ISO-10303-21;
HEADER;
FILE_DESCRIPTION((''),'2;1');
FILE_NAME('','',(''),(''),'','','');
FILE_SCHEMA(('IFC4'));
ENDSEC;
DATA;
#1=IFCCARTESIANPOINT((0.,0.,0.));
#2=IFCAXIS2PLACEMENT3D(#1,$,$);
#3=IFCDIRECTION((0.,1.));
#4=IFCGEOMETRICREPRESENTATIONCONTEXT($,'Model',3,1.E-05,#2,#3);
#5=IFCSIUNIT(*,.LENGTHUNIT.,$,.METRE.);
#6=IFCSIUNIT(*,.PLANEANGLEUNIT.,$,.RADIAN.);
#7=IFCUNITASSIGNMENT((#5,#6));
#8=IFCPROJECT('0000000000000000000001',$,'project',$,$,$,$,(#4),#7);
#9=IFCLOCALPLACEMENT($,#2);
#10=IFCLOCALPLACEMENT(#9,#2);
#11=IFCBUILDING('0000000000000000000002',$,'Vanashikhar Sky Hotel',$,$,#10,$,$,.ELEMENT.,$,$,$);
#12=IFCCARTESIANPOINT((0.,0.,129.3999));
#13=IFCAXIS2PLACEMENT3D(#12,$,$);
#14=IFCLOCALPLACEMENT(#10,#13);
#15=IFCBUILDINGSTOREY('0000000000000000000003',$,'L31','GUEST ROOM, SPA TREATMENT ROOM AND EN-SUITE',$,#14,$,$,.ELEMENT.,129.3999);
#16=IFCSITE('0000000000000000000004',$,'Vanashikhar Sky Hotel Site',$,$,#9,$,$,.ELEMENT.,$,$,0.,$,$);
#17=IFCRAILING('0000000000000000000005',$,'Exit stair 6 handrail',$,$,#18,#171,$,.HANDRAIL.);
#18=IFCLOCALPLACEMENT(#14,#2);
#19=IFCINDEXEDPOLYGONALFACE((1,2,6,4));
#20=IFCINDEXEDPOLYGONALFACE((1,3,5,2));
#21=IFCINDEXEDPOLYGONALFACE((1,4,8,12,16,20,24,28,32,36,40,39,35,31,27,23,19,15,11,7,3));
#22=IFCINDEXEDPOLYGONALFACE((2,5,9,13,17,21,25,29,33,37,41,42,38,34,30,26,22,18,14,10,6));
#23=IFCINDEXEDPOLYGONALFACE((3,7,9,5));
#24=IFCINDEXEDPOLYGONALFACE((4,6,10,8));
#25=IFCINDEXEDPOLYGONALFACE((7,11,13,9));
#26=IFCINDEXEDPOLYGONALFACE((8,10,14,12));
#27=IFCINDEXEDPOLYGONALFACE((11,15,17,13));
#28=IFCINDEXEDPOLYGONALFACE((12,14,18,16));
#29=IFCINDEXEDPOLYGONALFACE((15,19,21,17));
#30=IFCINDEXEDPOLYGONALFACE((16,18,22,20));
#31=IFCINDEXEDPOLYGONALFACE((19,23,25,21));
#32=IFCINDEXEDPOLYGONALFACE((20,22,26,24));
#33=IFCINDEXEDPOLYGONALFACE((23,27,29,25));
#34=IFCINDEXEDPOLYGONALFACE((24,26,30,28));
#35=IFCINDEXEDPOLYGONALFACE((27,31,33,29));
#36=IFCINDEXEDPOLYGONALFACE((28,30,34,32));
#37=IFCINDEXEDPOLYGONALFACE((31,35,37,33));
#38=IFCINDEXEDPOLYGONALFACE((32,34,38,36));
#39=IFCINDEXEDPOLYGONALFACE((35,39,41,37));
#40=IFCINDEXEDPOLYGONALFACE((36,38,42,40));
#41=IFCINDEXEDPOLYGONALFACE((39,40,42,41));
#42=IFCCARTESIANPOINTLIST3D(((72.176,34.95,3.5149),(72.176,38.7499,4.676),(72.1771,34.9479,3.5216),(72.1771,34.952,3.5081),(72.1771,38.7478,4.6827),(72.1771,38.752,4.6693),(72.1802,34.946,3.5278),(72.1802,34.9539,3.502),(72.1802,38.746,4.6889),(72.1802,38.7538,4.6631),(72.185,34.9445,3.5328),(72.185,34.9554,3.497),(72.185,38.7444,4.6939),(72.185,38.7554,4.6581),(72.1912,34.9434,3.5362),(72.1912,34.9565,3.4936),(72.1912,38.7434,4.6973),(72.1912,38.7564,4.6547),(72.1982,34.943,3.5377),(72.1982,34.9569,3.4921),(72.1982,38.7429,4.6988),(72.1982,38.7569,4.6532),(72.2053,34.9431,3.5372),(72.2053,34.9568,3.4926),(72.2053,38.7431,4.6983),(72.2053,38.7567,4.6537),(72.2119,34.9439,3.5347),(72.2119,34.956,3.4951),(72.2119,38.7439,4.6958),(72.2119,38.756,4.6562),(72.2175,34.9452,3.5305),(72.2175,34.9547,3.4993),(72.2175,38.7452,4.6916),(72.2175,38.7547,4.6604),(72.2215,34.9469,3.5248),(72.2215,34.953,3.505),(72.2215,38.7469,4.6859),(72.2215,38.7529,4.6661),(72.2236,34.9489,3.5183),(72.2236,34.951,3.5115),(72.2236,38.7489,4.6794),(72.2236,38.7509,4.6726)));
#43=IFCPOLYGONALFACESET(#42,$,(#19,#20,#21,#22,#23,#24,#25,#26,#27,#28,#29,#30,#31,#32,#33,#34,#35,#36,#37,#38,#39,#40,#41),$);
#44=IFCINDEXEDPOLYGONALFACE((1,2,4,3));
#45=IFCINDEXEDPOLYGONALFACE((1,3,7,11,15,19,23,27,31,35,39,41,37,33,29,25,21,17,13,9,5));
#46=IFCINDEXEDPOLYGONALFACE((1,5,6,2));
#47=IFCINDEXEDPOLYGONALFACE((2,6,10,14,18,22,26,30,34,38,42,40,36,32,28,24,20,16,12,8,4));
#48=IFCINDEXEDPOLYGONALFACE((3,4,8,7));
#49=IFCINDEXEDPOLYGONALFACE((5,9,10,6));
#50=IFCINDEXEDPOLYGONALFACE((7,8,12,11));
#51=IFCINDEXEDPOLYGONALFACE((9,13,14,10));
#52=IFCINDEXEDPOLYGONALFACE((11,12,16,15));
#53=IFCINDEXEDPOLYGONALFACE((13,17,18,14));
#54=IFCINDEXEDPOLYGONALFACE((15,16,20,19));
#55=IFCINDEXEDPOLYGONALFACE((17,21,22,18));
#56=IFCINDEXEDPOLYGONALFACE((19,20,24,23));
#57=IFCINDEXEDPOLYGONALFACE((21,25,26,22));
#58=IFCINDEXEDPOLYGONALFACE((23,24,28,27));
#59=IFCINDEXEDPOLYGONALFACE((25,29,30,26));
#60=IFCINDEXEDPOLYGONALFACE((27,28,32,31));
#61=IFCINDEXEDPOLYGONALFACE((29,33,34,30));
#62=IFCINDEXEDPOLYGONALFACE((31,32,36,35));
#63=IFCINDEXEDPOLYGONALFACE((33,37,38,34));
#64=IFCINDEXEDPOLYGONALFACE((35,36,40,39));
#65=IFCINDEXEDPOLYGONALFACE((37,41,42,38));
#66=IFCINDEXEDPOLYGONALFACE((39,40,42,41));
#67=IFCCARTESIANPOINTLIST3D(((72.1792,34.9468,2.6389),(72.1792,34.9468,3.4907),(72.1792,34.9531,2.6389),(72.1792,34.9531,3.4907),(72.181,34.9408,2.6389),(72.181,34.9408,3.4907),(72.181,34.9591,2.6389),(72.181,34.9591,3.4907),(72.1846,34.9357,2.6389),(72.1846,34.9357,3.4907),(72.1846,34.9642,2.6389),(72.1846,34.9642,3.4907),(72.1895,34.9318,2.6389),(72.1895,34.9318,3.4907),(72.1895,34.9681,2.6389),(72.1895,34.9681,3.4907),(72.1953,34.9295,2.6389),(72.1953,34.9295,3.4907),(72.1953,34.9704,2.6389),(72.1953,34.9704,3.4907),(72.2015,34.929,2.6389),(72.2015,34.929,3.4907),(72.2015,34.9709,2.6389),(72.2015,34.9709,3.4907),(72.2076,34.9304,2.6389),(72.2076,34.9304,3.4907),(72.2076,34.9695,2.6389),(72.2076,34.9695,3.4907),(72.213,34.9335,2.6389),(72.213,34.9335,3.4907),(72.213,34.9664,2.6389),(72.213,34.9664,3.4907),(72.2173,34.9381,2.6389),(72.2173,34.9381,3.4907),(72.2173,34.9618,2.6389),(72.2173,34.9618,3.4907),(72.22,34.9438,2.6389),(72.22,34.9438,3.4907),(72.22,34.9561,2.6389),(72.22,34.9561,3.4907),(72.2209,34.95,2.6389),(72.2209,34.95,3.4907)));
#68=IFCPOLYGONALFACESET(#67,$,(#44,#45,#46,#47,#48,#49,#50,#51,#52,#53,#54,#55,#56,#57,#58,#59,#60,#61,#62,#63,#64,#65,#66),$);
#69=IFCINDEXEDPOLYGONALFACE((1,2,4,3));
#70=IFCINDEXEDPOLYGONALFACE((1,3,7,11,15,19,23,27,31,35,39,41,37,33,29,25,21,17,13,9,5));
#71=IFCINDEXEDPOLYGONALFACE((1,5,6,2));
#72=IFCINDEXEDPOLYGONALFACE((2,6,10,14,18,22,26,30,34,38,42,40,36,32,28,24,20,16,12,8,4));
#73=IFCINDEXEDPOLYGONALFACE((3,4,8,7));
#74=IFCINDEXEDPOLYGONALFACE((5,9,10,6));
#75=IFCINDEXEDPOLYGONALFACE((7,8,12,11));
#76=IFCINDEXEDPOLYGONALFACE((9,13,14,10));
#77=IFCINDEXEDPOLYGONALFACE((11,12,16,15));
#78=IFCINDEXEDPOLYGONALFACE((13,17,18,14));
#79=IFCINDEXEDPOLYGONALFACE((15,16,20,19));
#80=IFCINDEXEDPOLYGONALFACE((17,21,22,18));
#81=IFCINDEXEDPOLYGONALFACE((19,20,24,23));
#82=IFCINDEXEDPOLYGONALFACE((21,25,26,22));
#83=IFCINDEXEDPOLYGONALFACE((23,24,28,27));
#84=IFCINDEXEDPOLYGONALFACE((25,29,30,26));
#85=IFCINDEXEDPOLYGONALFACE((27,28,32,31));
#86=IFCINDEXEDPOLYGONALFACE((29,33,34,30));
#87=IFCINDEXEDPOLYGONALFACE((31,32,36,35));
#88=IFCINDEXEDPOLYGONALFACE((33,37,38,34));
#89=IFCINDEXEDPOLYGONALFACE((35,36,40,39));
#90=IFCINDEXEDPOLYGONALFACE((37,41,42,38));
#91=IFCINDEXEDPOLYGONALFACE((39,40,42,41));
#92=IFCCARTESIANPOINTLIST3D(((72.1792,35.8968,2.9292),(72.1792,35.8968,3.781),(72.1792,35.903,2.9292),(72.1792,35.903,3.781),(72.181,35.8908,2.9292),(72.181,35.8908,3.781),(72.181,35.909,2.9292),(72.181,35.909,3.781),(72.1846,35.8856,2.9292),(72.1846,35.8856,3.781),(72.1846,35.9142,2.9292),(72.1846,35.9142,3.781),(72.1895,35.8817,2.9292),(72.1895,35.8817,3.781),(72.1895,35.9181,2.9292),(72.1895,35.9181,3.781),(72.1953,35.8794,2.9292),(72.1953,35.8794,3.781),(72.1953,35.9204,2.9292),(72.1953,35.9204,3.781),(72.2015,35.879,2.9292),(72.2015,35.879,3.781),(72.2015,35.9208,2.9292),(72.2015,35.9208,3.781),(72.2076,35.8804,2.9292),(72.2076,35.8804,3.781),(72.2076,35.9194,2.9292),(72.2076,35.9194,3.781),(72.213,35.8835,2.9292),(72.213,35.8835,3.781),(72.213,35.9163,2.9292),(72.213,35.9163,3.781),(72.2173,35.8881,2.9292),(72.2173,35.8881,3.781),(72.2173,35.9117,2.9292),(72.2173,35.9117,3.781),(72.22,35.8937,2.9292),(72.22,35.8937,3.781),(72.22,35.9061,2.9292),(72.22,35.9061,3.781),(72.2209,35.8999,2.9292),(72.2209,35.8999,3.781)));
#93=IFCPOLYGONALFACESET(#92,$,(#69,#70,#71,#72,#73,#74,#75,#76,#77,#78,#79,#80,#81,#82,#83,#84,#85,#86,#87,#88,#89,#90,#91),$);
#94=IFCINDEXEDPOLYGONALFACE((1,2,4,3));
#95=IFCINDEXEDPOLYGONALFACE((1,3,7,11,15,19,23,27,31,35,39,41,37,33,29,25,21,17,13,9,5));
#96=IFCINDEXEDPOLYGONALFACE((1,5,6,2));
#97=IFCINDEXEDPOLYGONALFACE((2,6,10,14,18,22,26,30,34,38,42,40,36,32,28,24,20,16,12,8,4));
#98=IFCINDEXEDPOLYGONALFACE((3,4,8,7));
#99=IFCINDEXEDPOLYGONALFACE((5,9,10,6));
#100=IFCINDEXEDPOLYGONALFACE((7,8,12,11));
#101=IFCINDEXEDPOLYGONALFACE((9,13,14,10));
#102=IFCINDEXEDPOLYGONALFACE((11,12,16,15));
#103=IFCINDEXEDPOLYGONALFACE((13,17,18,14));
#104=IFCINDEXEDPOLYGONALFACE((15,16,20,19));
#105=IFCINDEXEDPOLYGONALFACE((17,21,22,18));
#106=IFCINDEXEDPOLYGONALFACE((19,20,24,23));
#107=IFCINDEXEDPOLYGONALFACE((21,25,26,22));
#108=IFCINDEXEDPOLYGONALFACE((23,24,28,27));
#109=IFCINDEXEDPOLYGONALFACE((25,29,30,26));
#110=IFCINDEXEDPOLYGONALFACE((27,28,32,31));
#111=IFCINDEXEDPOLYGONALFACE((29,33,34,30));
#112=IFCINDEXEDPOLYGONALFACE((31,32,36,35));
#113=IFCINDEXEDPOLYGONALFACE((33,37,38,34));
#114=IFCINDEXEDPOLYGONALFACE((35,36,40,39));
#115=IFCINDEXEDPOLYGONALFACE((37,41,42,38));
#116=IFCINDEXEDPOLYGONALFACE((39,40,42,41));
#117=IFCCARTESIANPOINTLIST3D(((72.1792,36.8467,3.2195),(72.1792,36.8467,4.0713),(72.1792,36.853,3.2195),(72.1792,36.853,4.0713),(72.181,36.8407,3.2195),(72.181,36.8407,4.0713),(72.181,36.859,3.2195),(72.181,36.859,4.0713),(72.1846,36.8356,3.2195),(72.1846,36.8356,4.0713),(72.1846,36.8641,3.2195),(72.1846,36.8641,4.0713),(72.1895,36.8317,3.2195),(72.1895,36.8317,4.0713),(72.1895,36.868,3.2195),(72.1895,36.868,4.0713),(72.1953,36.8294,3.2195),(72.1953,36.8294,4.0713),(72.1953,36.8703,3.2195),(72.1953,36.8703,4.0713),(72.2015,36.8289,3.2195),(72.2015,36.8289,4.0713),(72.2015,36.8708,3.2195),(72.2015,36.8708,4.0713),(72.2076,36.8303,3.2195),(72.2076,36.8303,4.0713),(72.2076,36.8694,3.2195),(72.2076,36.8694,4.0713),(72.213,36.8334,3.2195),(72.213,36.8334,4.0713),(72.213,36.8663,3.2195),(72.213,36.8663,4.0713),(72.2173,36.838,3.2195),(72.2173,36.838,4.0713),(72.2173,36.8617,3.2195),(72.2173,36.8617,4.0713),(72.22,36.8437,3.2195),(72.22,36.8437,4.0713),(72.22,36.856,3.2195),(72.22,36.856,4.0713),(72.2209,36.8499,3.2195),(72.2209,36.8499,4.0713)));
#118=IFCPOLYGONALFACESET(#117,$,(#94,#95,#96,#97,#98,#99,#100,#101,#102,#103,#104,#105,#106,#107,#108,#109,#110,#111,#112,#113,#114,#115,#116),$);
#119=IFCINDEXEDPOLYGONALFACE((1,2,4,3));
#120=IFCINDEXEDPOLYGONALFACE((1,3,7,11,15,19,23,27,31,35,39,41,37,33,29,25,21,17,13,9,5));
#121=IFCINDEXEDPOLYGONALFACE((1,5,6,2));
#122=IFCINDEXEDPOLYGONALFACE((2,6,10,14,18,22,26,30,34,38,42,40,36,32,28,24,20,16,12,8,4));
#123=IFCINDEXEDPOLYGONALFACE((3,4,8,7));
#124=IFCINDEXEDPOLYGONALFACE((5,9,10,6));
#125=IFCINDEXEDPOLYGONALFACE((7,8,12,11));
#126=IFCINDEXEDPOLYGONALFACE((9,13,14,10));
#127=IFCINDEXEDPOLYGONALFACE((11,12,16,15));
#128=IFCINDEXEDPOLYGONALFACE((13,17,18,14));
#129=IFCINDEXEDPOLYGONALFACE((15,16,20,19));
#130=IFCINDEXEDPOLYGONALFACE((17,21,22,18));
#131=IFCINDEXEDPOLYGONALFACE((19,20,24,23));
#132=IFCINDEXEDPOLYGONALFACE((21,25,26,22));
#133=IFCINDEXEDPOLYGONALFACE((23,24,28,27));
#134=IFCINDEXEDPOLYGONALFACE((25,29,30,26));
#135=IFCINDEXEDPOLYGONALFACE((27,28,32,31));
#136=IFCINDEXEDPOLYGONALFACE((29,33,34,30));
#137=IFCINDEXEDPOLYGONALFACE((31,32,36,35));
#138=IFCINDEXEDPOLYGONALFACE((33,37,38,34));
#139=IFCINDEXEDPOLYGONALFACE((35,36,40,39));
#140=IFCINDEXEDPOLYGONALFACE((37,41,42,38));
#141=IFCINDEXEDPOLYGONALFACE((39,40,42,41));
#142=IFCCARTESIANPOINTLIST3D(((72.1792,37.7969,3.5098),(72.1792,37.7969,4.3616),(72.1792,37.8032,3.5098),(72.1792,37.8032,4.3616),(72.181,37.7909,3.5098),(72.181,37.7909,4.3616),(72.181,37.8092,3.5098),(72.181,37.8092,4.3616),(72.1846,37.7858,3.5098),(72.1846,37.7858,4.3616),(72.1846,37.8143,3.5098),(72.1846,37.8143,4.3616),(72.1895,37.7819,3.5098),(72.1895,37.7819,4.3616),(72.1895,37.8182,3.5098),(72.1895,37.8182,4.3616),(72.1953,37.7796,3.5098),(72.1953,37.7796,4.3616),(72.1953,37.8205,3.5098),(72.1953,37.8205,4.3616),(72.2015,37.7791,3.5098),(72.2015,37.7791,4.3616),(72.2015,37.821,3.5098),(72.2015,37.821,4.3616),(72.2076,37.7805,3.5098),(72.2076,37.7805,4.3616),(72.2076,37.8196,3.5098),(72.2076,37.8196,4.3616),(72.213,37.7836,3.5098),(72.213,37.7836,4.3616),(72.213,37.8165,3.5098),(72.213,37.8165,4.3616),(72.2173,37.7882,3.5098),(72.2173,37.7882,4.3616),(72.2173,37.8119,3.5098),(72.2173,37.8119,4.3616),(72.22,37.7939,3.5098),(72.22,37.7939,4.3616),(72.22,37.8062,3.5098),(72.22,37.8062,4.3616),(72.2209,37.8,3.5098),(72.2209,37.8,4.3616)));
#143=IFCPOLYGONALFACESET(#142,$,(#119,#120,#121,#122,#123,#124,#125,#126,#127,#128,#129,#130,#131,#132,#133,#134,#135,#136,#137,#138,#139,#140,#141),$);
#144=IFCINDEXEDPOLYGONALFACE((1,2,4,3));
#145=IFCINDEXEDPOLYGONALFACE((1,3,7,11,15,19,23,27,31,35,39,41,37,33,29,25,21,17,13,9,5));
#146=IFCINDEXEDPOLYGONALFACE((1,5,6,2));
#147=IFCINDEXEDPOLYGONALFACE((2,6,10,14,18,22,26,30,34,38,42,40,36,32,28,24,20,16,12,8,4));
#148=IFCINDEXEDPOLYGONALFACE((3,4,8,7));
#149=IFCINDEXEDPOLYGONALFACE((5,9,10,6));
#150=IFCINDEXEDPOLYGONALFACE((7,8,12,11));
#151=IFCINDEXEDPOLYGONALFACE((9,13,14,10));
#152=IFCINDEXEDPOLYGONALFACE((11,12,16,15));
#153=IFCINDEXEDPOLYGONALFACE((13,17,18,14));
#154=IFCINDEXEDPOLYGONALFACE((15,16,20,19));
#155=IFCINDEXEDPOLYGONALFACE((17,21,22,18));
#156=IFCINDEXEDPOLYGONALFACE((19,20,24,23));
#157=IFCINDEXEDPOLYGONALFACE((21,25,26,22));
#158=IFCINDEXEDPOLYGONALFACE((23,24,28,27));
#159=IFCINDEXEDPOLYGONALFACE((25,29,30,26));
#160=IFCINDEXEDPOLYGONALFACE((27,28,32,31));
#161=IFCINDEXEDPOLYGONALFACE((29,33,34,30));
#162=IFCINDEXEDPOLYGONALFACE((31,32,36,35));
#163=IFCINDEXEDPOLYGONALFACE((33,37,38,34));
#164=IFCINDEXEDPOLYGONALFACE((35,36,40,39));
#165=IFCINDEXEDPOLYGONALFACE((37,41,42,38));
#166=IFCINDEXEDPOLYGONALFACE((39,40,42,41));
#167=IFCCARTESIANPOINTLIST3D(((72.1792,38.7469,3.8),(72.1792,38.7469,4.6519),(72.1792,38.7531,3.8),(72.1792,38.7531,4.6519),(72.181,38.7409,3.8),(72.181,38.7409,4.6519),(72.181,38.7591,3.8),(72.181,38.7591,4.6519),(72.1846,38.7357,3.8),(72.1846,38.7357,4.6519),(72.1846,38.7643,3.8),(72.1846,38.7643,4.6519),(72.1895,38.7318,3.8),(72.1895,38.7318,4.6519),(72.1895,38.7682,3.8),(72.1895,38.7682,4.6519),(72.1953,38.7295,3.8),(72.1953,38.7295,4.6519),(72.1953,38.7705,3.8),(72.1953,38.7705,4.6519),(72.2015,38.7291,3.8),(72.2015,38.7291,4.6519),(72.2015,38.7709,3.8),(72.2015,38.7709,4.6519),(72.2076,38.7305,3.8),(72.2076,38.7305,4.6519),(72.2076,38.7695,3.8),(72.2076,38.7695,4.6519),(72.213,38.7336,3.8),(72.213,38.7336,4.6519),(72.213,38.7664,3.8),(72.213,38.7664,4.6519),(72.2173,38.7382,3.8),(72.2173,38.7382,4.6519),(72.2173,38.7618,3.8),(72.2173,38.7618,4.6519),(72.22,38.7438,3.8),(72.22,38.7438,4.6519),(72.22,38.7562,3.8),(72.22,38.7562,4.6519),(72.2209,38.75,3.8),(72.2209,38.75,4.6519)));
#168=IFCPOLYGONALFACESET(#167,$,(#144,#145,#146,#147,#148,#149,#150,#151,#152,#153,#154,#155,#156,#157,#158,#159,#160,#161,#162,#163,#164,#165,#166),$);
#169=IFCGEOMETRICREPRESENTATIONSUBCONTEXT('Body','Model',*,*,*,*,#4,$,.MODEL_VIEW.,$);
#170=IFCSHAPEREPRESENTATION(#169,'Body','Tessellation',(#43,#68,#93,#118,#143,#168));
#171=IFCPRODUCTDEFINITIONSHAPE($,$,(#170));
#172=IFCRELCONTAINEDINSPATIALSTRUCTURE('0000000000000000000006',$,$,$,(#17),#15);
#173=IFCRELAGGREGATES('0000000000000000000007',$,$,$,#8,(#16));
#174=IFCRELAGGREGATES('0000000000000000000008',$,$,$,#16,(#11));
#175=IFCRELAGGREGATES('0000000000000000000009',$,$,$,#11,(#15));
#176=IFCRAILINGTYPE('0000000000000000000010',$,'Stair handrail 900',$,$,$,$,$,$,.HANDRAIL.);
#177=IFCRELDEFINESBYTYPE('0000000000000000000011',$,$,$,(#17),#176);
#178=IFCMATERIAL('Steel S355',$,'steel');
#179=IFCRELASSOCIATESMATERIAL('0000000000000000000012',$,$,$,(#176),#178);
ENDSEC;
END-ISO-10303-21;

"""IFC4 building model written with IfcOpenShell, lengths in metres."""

from ifc_helpers import new_model, si_unit, direction, frame, origin, origin_2d, place, context, subcontext, project, spatial, circle, extrude, source, transform, mapped, material, type_object, element, save


model = new_model("IFC4")

# Units and contexts
model_context = context("Model", 3, precision=1e-05, world=origin(), true_north=direction((0.0, 1.0)))
body_context = subcontext(model_context, "Body", "Model", "MODEL_VIEW")
ifc_project = project(units=[si_unit("LENGTHUNIT", "METRE"), si_unit("PLANEANGLEUNIT", "RADIAN")], contexts=[model_context])

# Site, building, storey
site_placement = place(None, origin())
site = spatial("IfcSite", under=ifc_project, at=site_placement, Name="Vanashikhar Sky Hotel Site", CompositionType="ELEMENT", RefElevation=0.0)
building_placement = place(site_placement, origin())
building = spatial("IfcBuilding", under=site, at=building_placement, Name="Vanashikhar Sky Hotel", CompositionType="ELEMENT")
storey_placement = place(building_placement, frame((0.0, 0.0, 129.3999)))
storey = spatial("IfcBuildingStorey", under=building, at=storey_placement, Name="L31", Description="GUEST ROOM, SPA TREATMENT ROOM AND EN-SUITE", CompositionType="ELEMENT", Elevation=129.3999)

# Railing
ifc_material_1 = material(Name="Steel S355", Category="steel")
railing_type_1 = type_object("IfcRailingType", Name="Stair handrail 900", PredefinedType="HANDRAIL", material=ifc_material_1)
shared_shape_1 = source(origin(), body_context, "Body", "SweptSolid", [
    extrude(circle(Radius=0.0239, at=origin_2d()), frame((0.0, 0.0, 0.876), z_axis=(0.0, 0.956351, 0.29222), x_axis=(-1.0, 0.0, 0.0)), (0.0, 0.0, 1.0), 3.9734),
    extrude(circle(Radius=0.021, at=origin_2d()), origin(), (0.0, 0.0, 1.0), 0.8518),
    extrude(circle(Radius=0.021, at=origin_2d()), frame((0.0, 0.95, 0.2903)), (0.0, 0.0, 1.0), 0.8518),
    extrude(circle(Radius=0.021, at=origin_2d()), frame((0.0, 1.8999, 0.5806)), (0.0, 0.0, 1.0), 0.8518),
    extrude(circle(Radius=0.021, at=origin_2d()), frame((0.0, 2.8501, 0.8708)), (0.0, 0.0, 1.0), 0.8518),
    extrude(circle(Radius=0.021, at=origin_2d()), frame((0.0, 3.8, 1.1611)), (0.0, 0.0, 1.0), 0.8518),
])
for number, where, name in (
    (1, (72.2, 34.95, 2.6389), "Exit stair 6 handrail"),
):
    element("IfcRailing", number, at=place(storey_placement, frame(where)), inside=storey, type_object=railing_type_1, Name=name, PredefinedType="HANDRAIL", context=body_context, shape_type="MappedRepresentation", body=[
        mapped(shared_shape_1, transform((0.0, 0.0, 0.0), scale=1.0)),
    ])

save(model, "model.ifc")
